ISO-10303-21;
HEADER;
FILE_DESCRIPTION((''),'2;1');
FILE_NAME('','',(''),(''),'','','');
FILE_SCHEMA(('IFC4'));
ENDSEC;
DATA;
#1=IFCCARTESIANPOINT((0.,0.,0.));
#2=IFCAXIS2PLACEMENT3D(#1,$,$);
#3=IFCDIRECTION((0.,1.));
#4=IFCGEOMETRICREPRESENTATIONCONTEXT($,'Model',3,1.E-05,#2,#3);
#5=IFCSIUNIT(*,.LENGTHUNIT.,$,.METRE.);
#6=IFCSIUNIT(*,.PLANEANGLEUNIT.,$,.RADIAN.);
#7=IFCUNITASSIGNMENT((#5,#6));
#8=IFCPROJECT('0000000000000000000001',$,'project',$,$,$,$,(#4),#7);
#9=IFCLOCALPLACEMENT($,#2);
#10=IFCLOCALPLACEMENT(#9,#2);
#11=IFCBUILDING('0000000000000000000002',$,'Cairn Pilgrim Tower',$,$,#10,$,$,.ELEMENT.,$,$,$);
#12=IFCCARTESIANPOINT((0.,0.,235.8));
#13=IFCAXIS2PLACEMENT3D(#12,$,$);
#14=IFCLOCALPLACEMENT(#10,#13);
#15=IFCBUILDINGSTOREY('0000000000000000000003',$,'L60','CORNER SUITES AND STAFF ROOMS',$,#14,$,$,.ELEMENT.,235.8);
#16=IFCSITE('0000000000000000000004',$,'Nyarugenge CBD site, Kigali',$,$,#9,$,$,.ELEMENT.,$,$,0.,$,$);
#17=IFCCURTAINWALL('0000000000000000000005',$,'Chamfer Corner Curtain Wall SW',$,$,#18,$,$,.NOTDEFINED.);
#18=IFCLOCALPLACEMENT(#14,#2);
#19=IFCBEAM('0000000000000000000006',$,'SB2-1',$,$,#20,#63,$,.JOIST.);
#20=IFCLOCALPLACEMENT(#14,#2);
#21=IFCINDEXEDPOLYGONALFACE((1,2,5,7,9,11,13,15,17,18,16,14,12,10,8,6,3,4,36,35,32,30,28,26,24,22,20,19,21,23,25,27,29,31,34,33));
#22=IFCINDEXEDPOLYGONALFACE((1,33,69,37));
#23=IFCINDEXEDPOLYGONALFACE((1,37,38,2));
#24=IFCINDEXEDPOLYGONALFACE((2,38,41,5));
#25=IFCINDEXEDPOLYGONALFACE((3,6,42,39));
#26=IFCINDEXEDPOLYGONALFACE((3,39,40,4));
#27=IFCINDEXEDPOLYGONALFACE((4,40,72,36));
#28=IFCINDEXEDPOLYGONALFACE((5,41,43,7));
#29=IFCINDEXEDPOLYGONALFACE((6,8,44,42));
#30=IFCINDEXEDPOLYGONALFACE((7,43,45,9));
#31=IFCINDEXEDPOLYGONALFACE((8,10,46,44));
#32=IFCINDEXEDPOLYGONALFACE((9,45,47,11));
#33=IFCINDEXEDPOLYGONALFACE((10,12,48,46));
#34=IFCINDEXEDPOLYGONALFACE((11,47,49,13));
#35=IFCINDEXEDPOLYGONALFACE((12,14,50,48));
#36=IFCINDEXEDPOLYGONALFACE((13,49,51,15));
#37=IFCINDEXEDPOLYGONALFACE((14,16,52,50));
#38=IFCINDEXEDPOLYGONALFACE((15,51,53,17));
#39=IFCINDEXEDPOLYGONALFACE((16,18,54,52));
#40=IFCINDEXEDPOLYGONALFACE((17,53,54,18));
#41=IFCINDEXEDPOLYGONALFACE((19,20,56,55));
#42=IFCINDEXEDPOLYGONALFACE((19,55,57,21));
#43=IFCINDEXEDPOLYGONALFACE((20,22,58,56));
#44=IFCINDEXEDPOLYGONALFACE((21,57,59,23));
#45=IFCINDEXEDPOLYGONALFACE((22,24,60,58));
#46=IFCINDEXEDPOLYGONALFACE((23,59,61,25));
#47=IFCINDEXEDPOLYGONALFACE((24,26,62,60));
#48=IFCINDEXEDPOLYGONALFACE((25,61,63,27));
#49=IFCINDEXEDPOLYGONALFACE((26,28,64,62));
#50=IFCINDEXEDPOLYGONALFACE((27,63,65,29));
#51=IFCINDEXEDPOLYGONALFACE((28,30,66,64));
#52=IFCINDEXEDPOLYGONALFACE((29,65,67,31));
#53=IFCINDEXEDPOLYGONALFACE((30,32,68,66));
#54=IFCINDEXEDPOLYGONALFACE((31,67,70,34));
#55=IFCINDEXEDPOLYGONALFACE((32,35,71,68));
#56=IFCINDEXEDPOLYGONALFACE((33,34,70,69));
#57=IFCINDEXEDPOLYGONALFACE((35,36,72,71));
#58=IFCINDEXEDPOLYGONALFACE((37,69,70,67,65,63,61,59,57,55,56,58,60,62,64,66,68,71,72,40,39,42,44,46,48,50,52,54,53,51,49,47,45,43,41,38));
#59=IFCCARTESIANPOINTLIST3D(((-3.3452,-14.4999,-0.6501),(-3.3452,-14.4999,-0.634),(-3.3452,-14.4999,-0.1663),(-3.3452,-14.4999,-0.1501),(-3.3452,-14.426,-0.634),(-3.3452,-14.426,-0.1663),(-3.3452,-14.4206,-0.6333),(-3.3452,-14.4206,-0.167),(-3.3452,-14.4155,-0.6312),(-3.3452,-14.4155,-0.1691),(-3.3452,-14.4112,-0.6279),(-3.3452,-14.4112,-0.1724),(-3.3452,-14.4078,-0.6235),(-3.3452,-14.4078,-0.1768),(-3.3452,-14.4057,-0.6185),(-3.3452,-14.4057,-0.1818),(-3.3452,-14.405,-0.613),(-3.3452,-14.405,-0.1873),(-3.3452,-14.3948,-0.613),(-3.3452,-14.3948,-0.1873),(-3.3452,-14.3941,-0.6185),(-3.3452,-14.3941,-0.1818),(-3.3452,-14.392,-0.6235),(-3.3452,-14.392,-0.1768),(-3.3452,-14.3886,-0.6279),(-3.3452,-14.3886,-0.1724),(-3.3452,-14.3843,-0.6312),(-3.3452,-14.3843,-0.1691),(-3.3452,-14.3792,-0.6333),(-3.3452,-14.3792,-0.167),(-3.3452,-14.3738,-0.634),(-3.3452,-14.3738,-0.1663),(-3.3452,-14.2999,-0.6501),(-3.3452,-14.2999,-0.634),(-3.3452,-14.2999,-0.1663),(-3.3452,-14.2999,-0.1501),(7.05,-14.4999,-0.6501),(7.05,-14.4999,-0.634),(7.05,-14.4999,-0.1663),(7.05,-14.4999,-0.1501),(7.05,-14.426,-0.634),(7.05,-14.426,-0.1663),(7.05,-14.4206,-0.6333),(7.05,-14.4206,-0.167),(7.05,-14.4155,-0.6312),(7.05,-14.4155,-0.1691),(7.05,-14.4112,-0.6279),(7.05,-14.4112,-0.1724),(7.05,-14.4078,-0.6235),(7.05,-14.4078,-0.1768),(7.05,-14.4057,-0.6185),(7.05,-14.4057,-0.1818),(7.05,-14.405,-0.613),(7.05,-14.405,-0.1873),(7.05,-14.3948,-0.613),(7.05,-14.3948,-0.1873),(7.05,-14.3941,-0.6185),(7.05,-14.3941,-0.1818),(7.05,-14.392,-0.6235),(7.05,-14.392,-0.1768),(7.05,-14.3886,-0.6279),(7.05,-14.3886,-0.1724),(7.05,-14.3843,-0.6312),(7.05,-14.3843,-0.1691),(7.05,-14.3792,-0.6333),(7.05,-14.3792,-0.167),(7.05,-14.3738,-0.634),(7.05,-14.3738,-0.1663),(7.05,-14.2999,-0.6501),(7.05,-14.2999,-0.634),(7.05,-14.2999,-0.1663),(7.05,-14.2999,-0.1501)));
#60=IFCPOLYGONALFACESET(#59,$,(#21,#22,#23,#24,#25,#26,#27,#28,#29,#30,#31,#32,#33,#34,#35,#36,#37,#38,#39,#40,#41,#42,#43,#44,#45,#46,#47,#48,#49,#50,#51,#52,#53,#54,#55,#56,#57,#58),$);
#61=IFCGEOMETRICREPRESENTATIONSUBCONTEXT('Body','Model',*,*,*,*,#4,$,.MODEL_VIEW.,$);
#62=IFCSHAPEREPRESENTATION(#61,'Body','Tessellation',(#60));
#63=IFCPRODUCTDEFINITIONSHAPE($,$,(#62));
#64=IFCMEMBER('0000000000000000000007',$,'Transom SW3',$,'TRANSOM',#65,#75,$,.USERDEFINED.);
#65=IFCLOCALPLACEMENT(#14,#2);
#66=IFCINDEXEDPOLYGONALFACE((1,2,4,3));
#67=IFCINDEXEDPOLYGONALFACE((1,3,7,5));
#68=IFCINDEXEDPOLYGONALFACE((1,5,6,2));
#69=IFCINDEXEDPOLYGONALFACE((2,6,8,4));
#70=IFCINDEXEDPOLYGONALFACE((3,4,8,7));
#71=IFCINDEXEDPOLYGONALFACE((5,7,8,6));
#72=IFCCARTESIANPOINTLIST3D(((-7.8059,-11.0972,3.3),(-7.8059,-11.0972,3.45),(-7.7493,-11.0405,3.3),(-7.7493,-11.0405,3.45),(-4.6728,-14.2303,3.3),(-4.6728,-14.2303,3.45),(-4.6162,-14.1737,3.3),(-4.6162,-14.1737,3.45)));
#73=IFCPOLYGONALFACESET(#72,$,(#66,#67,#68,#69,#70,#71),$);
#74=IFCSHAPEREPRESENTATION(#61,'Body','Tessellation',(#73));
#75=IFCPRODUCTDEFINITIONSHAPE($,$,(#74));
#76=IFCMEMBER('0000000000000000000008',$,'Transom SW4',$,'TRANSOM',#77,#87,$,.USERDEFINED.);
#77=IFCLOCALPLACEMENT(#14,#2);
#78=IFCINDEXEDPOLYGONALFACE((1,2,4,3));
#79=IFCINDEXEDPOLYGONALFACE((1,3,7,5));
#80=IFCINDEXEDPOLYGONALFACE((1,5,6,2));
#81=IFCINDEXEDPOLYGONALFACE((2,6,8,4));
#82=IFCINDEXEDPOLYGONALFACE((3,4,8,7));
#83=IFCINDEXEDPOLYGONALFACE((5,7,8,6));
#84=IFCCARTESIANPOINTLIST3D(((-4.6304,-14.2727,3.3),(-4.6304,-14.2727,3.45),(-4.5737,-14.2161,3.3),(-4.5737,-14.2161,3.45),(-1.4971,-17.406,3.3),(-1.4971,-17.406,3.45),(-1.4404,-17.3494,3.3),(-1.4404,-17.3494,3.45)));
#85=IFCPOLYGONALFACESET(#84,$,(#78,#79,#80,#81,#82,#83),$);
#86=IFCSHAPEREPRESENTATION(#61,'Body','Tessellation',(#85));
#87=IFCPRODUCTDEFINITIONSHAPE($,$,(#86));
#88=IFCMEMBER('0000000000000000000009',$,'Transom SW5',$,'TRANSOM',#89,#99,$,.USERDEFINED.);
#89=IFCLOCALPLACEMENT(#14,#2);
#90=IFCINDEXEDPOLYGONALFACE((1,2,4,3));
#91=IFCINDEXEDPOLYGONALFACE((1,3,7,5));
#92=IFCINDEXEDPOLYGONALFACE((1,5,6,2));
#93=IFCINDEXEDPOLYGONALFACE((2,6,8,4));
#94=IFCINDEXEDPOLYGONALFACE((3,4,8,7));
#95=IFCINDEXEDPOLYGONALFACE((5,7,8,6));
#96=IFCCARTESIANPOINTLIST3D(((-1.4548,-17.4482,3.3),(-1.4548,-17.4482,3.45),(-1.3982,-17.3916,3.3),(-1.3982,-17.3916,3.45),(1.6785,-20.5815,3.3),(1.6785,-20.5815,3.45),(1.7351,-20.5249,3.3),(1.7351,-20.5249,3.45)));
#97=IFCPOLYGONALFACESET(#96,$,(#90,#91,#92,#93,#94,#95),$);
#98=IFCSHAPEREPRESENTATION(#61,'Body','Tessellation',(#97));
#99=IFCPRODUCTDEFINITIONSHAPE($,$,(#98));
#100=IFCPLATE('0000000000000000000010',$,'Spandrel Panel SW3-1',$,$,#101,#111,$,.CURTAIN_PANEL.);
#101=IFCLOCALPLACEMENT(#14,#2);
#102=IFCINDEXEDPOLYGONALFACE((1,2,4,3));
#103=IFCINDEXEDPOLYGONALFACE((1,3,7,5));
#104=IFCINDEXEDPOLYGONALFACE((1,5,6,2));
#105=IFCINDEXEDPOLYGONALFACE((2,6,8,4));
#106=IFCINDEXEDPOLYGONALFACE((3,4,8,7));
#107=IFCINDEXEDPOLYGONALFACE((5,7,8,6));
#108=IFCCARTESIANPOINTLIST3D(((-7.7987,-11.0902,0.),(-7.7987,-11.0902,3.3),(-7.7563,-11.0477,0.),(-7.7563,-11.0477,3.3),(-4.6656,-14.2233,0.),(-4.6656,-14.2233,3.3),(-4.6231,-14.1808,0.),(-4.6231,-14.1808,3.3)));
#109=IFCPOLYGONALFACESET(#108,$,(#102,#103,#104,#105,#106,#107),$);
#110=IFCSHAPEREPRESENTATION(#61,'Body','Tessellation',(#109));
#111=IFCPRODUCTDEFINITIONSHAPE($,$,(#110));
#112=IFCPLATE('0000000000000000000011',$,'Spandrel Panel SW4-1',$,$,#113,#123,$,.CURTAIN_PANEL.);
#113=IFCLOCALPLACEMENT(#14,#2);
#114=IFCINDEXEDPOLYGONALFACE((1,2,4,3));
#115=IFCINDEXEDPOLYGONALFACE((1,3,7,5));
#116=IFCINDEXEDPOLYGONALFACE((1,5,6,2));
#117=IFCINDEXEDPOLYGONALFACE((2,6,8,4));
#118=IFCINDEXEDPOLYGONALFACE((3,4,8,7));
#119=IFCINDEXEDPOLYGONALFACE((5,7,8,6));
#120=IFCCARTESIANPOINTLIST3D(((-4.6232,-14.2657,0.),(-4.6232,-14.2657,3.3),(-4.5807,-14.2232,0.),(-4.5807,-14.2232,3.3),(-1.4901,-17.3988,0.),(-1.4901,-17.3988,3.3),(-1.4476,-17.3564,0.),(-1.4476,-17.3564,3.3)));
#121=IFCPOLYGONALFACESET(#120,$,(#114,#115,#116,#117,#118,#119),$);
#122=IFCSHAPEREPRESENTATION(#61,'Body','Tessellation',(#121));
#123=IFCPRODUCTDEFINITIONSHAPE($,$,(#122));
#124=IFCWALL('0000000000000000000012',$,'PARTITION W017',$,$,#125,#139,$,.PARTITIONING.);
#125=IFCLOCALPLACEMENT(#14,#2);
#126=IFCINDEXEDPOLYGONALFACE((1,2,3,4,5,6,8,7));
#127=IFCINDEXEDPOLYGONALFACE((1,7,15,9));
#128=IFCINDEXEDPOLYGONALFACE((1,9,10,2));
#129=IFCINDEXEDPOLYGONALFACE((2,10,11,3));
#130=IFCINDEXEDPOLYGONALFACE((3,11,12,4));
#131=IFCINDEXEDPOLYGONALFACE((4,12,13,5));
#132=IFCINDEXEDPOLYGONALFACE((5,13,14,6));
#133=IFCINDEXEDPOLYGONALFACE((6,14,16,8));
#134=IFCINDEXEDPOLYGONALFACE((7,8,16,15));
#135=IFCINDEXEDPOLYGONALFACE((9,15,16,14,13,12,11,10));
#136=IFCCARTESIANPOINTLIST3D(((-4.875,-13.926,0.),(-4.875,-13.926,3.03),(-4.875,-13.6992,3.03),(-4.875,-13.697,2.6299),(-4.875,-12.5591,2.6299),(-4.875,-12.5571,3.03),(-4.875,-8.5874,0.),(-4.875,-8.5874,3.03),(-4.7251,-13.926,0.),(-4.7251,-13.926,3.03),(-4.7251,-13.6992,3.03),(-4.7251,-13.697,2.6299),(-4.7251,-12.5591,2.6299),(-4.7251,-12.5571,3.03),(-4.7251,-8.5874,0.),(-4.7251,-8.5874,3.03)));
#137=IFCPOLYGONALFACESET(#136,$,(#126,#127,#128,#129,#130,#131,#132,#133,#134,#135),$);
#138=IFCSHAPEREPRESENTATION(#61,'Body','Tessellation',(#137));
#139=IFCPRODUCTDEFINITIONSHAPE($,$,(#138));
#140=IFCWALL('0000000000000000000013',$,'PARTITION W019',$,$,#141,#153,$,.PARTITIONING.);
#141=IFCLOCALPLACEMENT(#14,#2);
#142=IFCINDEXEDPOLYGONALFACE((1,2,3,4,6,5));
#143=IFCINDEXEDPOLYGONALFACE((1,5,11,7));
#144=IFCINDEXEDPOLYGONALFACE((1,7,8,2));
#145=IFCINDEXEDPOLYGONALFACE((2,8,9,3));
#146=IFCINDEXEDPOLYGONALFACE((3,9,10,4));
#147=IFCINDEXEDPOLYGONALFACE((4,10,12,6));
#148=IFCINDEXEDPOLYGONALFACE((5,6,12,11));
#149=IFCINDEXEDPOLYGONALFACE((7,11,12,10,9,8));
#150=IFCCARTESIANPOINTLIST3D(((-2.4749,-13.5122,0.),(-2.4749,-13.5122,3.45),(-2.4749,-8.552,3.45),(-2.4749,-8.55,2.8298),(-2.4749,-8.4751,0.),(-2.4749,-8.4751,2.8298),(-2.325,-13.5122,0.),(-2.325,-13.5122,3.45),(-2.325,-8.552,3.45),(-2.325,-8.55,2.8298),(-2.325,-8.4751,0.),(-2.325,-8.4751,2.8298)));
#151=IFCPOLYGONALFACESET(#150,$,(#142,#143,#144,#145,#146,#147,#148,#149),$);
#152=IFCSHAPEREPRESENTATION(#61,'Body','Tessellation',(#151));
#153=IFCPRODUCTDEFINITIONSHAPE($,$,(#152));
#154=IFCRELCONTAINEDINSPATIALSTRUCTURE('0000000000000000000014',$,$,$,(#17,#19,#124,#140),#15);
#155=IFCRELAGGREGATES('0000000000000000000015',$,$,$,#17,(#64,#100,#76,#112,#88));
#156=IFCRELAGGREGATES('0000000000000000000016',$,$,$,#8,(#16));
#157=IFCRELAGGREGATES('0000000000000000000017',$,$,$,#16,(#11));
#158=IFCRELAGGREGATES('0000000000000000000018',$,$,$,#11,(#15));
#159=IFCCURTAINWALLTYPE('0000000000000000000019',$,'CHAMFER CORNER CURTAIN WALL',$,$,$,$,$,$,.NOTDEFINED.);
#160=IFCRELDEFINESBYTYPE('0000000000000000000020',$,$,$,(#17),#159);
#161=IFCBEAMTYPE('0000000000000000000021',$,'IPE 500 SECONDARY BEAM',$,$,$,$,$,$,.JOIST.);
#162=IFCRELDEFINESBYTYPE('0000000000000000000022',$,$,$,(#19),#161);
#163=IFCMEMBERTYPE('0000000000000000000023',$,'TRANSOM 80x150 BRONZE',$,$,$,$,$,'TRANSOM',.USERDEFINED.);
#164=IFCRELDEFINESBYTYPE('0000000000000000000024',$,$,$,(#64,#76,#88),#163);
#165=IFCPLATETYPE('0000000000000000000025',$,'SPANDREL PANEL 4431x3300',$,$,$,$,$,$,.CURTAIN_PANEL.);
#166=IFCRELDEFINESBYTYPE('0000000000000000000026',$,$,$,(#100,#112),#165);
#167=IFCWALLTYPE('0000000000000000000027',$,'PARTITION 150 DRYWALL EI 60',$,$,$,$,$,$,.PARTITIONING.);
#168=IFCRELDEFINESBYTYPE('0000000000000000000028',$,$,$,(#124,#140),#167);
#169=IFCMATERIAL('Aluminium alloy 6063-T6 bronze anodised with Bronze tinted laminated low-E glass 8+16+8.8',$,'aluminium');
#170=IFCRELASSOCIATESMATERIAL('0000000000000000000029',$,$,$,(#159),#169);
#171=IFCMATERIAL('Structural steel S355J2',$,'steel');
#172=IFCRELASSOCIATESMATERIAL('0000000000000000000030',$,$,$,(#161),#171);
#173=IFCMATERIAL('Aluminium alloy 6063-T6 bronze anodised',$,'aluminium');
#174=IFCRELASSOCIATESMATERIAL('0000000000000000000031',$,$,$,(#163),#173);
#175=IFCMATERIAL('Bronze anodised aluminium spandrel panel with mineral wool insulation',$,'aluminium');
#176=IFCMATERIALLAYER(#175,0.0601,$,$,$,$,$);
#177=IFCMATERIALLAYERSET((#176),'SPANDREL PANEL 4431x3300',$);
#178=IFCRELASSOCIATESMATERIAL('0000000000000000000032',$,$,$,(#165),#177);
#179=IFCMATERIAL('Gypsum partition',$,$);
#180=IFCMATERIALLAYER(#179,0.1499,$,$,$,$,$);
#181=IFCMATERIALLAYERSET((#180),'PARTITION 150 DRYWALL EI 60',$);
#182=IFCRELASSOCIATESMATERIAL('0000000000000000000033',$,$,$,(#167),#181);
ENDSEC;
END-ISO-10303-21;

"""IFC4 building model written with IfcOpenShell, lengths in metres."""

from ifc_helpers import new_model, si_unit, direction, frame, origin, origin_2d, place, context, subcontext, project, spatial, polyline, rectangle, i_section, outline, extrude, material, layer, layer_set, material_profile, profile_set, type_object, element, aggregate, save


model = new_model("IFC4")

# Units and contexts
model_context = context("Model", 3, precision=1e-05, world=origin(), true_north=direction((0.0, 1.0)))
body_context = subcontext(model_context, "Body", "Model", "MODEL_VIEW")
ifc_project = project(units=[si_unit("LENGTHUNIT", "METRE"), si_unit("PLANEANGLEUNIT", "RADIAN")], contexts=[model_context])

# Site, building, storey
site_placement = place(None, origin())
site = spatial("IfcSite", under=ifc_project, at=site_placement, Name="Nyarugenge CBD site, Kigali", CompositionType="ELEMENT", RefElevation=0.0)
building_placement = place(site_placement, origin())
building = spatial("IfcBuilding", under=site, at=building_placement, Name="Cairn Pilgrim Tower", CompositionType="ELEMENT")
storey_placement = place(building_placement, frame((0.0, 0.0, 235.8)))
storey = spatial("IfcBuildingStorey", under=building, at=storey_placement, Name="L60", Description="CORNER SUITES AND STAFF ROOMS", CompositionType="ELEMENT", Elevation=235.8)

# Shared definitions
ifc_material_1 = material(Name="Structural steel S355J2", Category="steel")

# Curtain wall
ifc_material_2 = material(Name="Aluminium alloy 6063-T6 bronze anodised with Bronze tinted laminated low-E glass 8+16+8.8", Category="aluminium")
curtain_wall_type = type_object("IfcCurtainWallType", Name="CHAMFER CORNER CURTAIN WALL", PredefinedType="NOTDEFINED", material=ifc_material_2)
curtain_wall_placement = place(storey_placement, origin())
curtain_wall = element("IfcCurtainWall", 1, at=curtain_wall_placement, inside=storey, type_object=curtain_wall_type, Name="Chamfer Corner Curtain Wall SW", PredefinedType="NOTDEFINED")
ifc_material_3 = material(Name="Aluminium alloy 6063-T6 bronze anodised", Category="aluminium")

# Beam
ifc_material_profile_1 = material_profile(ifc_material_1, i_section(OverallWidth=0.2, OverallDepth=0.5, WebThickness=0.0103, FlangeThickness=0.0161, FilletRadius=0.021, at=origin_2d()), Name="IPE 500")
ifc_profile_set_1 = profile_set([ifc_material_profile_1], Name="Structural steel S355J2")
beam_type_1 = type_object("IfcBeamType", Name="IPE 500 SECONDARY BEAM", PredefinedType="JOIST", material=ifc_profile_set_1)
beam_1_placement = place(storey_placement, frame((-3.3452, -14.3999, -0.4001), z_axis=(1.0, 0.0, 0.0), x_axis=(0.0, 1.0, 0.0)))
element("IfcBeam", 2, at=beam_1_placement, inside=storey, type_object=beam_type_1, Name="SB2-1", PredefinedType="JOIST", context=body_context, shape_type="SweptSolid", body=[
    extrude(i_section(OverallWidth=0.2, OverallDepth=0.5, WebThickness=0.0103, FlangeThickness=0.0161, FilletRadius=0.021, at=origin_2d()), origin(), (0.0, 0.0, 1.0), 10.3953),
])

# Members
ifc_material_profile_2 = material_profile(ifc_material_3, rectangle(XDim=0.0801, YDim=0.1499, at=origin_2d()), Name="TRANSOM 80x150 BRONZE")
ifc_profile_set_2 = profile_set([ifc_material_profile_2], Name="Aluminium alloy 6063-T6 bronze anodised")
member_type_1 = type_object("IfcMemberType", Name="TRANSOM 80x150 BRONZE", ElementType="TRANSOM", PredefinedType="USERDEFINED", material=ifc_profile_set_2)
member_1_placement = place(storey_placement, frame((-7.7776, -11.0688, 3.375), z_axis=(0.707107, -0.707107, 0.0), x_axis=(0.707107, 0.707107, 0.0)))
member_1 = element("IfcMember", 3, at=member_1_placement, type_object=member_type_1, Name="Transom SW3", ObjectType="TRANSOM", PredefinedType="USERDEFINED", context=body_context, shape_type="SweptSolid", body=[
    extrude(rectangle(XDim=0.0801, YDim=0.1499, at=origin_2d()), origin(), (0.0, 0.0, 1.0), 4.4309),
])
member_2_placement = place(storey_placement, frame((-4.6021, -14.2444, 3.375), z_axis=(0.707107, -0.707107, 0.0), x_axis=(0.707107, 0.707107, 0.0)))
member_2 = element("IfcMember", 4, at=member_2_placement, type_object=member_type_1, Name="Transom SW4", ObjectType="TRANSOM", PredefinedType="USERDEFINED", context=body_context, shape_type="SweptSolid", body=[
    extrude(rectangle(XDim=0.0801, YDim=0.1499, at=origin_2d()), origin(), (0.0, 0.0, 1.0), 4.4312),
])
member_3_placement = place(storey_placement, frame((-1.4265, -17.4199, 3.375), z_axis=(0.707107, -0.707107, 0.0), x_axis=(0.707107, 0.707107, 0.0)))
member_3 = element("IfcMember", 5, at=member_3_placement, type_object=member_type_1, Name="Transom SW5", ObjectType="TRANSOM", PredefinedType="USERDEFINED", context=body_context, shape_type="SweptSolid", body=[
    extrude(rectangle(XDim=0.0801, YDim=0.1499, at=origin_2d()), origin(), (0.0, 0.0, 1.0), 4.4312),
])

# Plates
ifc_material_4 = material(Name="Bronze anodised aluminium spandrel panel with mineral wool insulation", Category="aluminium")
ifc_layer_1 = layer(ifc_material_4, 0.0601)
ifc_layer_set_1 = layer_set([ifc_layer_1], Name="SPANDREL PANEL 4431x3300")
plate_type = type_object("IfcPlateType", Name="SPANDREL PANEL 4431x3300", PredefinedType="CURTAIN_PANEL", material=ifc_layer_set_1)
plate_1_placement = place(storey_placement, frame((-6.2109, -12.6355, 0.0), z_axis=(0.0, 0.0, 1.0), x_axis=(0.707107, -0.707107, 0.0)))
plate_1 = element("IfcPlate", 6, at=plate_1_placement, type_object=plate_type, Name="Spandrel Panel SW3-1", PredefinedType="CURTAIN_PANEL", context=body_context, shape_type="SweptSolid", body=[
    extrude(rectangle(XDim=4.4309, YDim=0.0601, at=origin_2d()), origin(), (0.0, 0.0, 1.0), 3.3),
])
plate_2_placement = place(storey_placement, frame((-3.0354, -15.811, 0.0), z_axis=(0.0, 0.0, 1.0), x_axis=(0.707107, -0.707107, 0.0)))
plate_2 = element("IfcPlate", 7, at=plate_2_placement, type_object=plate_type, Name="Spandrel Panel SW4-1", PredefinedType="CURTAIN_PANEL", context=body_context, shape_type="SweptSolid", body=[
    extrude(rectangle(XDim=4.4309, YDim=0.0601, at=origin_2d()), origin(), (0.0, 0.0, 1.0), 3.3),
])
aggregate(curtain_wall, [member_1, plate_1, member_2, plate_2, member_3])

# Walls
ifc_material_5 = material(Name="Gypsum partition")
ifc_layer_2 = layer(ifc_material_5, 0.1499)
ifc_layer_set_2 = layer_set([ifc_layer_2], Name="PARTITION 150 DRYWALL EI 60")
wall_type_1 = type_object("IfcWallType", Name="PARTITION 150 DRYWALL EI 60", PredefinedType="PARTITIONING", material=ifc_layer_set_2)
wall_1_placement = place(storey_placement, frame((-4.8, -13.926, 0.0), z_axis=(0.0, 0.0, 1.0), x_axis=(0.0, 1.0, 0.0)))
element("IfcWall", 8, at=wall_1_placement, inside=storey, type_object=wall_type_1, Name="PARTITION W017", PredefinedType="PARTITIONING", context=body_context, shape_type="SweptSolid", body=[
    extrude(outline(polyline([(0.0, 0.0), (5.3386, 0.0), (5.3386, 3.03), (1.3689, 3.03), (1.3669, 2.6299), (0.229, 2.6299), (0.2268, 3.03), (0.0, 3.03), (0.0, 0.0)])), frame((0.0, 0.075, 0.0), z_axis=(0.0, -1.0, 0.0), x_axis=(1.0, 0.0, 0.0)), (0.0, 0.0, 1.0), 0.1499),
])
wall_2_placement = place(storey_placement, frame((-2.3999, -13.5122, 0.0), z_axis=(0.0, 0.0, 1.0), x_axis=(0.0, 1.0, 0.0)))
element("IfcWall", 9, at=wall_2_placement, inside=storey, type_object=wall_type_1, Name="PARTITION W019", PredefinedType="PARTITIONING", context=body_context, shape_type="SweptSolid", body=[
    extrude(outline(polyline([(0.0, 0.0), (5.0371, 0.0), (5.0371, 2.8298), (4.9622, 2.8298), (4.9602, 3.45), (0.0, 3.45), (0.0, 0.0)])), frame((0.0, 0.075, 0.0), z_axis=(0.0, -1.0, 0.0), x_axis=(1.0, 0.0, 0.0)), (0.0, 0.0, 1.0), 0.1499),
])

save(model, "model.ifc")
